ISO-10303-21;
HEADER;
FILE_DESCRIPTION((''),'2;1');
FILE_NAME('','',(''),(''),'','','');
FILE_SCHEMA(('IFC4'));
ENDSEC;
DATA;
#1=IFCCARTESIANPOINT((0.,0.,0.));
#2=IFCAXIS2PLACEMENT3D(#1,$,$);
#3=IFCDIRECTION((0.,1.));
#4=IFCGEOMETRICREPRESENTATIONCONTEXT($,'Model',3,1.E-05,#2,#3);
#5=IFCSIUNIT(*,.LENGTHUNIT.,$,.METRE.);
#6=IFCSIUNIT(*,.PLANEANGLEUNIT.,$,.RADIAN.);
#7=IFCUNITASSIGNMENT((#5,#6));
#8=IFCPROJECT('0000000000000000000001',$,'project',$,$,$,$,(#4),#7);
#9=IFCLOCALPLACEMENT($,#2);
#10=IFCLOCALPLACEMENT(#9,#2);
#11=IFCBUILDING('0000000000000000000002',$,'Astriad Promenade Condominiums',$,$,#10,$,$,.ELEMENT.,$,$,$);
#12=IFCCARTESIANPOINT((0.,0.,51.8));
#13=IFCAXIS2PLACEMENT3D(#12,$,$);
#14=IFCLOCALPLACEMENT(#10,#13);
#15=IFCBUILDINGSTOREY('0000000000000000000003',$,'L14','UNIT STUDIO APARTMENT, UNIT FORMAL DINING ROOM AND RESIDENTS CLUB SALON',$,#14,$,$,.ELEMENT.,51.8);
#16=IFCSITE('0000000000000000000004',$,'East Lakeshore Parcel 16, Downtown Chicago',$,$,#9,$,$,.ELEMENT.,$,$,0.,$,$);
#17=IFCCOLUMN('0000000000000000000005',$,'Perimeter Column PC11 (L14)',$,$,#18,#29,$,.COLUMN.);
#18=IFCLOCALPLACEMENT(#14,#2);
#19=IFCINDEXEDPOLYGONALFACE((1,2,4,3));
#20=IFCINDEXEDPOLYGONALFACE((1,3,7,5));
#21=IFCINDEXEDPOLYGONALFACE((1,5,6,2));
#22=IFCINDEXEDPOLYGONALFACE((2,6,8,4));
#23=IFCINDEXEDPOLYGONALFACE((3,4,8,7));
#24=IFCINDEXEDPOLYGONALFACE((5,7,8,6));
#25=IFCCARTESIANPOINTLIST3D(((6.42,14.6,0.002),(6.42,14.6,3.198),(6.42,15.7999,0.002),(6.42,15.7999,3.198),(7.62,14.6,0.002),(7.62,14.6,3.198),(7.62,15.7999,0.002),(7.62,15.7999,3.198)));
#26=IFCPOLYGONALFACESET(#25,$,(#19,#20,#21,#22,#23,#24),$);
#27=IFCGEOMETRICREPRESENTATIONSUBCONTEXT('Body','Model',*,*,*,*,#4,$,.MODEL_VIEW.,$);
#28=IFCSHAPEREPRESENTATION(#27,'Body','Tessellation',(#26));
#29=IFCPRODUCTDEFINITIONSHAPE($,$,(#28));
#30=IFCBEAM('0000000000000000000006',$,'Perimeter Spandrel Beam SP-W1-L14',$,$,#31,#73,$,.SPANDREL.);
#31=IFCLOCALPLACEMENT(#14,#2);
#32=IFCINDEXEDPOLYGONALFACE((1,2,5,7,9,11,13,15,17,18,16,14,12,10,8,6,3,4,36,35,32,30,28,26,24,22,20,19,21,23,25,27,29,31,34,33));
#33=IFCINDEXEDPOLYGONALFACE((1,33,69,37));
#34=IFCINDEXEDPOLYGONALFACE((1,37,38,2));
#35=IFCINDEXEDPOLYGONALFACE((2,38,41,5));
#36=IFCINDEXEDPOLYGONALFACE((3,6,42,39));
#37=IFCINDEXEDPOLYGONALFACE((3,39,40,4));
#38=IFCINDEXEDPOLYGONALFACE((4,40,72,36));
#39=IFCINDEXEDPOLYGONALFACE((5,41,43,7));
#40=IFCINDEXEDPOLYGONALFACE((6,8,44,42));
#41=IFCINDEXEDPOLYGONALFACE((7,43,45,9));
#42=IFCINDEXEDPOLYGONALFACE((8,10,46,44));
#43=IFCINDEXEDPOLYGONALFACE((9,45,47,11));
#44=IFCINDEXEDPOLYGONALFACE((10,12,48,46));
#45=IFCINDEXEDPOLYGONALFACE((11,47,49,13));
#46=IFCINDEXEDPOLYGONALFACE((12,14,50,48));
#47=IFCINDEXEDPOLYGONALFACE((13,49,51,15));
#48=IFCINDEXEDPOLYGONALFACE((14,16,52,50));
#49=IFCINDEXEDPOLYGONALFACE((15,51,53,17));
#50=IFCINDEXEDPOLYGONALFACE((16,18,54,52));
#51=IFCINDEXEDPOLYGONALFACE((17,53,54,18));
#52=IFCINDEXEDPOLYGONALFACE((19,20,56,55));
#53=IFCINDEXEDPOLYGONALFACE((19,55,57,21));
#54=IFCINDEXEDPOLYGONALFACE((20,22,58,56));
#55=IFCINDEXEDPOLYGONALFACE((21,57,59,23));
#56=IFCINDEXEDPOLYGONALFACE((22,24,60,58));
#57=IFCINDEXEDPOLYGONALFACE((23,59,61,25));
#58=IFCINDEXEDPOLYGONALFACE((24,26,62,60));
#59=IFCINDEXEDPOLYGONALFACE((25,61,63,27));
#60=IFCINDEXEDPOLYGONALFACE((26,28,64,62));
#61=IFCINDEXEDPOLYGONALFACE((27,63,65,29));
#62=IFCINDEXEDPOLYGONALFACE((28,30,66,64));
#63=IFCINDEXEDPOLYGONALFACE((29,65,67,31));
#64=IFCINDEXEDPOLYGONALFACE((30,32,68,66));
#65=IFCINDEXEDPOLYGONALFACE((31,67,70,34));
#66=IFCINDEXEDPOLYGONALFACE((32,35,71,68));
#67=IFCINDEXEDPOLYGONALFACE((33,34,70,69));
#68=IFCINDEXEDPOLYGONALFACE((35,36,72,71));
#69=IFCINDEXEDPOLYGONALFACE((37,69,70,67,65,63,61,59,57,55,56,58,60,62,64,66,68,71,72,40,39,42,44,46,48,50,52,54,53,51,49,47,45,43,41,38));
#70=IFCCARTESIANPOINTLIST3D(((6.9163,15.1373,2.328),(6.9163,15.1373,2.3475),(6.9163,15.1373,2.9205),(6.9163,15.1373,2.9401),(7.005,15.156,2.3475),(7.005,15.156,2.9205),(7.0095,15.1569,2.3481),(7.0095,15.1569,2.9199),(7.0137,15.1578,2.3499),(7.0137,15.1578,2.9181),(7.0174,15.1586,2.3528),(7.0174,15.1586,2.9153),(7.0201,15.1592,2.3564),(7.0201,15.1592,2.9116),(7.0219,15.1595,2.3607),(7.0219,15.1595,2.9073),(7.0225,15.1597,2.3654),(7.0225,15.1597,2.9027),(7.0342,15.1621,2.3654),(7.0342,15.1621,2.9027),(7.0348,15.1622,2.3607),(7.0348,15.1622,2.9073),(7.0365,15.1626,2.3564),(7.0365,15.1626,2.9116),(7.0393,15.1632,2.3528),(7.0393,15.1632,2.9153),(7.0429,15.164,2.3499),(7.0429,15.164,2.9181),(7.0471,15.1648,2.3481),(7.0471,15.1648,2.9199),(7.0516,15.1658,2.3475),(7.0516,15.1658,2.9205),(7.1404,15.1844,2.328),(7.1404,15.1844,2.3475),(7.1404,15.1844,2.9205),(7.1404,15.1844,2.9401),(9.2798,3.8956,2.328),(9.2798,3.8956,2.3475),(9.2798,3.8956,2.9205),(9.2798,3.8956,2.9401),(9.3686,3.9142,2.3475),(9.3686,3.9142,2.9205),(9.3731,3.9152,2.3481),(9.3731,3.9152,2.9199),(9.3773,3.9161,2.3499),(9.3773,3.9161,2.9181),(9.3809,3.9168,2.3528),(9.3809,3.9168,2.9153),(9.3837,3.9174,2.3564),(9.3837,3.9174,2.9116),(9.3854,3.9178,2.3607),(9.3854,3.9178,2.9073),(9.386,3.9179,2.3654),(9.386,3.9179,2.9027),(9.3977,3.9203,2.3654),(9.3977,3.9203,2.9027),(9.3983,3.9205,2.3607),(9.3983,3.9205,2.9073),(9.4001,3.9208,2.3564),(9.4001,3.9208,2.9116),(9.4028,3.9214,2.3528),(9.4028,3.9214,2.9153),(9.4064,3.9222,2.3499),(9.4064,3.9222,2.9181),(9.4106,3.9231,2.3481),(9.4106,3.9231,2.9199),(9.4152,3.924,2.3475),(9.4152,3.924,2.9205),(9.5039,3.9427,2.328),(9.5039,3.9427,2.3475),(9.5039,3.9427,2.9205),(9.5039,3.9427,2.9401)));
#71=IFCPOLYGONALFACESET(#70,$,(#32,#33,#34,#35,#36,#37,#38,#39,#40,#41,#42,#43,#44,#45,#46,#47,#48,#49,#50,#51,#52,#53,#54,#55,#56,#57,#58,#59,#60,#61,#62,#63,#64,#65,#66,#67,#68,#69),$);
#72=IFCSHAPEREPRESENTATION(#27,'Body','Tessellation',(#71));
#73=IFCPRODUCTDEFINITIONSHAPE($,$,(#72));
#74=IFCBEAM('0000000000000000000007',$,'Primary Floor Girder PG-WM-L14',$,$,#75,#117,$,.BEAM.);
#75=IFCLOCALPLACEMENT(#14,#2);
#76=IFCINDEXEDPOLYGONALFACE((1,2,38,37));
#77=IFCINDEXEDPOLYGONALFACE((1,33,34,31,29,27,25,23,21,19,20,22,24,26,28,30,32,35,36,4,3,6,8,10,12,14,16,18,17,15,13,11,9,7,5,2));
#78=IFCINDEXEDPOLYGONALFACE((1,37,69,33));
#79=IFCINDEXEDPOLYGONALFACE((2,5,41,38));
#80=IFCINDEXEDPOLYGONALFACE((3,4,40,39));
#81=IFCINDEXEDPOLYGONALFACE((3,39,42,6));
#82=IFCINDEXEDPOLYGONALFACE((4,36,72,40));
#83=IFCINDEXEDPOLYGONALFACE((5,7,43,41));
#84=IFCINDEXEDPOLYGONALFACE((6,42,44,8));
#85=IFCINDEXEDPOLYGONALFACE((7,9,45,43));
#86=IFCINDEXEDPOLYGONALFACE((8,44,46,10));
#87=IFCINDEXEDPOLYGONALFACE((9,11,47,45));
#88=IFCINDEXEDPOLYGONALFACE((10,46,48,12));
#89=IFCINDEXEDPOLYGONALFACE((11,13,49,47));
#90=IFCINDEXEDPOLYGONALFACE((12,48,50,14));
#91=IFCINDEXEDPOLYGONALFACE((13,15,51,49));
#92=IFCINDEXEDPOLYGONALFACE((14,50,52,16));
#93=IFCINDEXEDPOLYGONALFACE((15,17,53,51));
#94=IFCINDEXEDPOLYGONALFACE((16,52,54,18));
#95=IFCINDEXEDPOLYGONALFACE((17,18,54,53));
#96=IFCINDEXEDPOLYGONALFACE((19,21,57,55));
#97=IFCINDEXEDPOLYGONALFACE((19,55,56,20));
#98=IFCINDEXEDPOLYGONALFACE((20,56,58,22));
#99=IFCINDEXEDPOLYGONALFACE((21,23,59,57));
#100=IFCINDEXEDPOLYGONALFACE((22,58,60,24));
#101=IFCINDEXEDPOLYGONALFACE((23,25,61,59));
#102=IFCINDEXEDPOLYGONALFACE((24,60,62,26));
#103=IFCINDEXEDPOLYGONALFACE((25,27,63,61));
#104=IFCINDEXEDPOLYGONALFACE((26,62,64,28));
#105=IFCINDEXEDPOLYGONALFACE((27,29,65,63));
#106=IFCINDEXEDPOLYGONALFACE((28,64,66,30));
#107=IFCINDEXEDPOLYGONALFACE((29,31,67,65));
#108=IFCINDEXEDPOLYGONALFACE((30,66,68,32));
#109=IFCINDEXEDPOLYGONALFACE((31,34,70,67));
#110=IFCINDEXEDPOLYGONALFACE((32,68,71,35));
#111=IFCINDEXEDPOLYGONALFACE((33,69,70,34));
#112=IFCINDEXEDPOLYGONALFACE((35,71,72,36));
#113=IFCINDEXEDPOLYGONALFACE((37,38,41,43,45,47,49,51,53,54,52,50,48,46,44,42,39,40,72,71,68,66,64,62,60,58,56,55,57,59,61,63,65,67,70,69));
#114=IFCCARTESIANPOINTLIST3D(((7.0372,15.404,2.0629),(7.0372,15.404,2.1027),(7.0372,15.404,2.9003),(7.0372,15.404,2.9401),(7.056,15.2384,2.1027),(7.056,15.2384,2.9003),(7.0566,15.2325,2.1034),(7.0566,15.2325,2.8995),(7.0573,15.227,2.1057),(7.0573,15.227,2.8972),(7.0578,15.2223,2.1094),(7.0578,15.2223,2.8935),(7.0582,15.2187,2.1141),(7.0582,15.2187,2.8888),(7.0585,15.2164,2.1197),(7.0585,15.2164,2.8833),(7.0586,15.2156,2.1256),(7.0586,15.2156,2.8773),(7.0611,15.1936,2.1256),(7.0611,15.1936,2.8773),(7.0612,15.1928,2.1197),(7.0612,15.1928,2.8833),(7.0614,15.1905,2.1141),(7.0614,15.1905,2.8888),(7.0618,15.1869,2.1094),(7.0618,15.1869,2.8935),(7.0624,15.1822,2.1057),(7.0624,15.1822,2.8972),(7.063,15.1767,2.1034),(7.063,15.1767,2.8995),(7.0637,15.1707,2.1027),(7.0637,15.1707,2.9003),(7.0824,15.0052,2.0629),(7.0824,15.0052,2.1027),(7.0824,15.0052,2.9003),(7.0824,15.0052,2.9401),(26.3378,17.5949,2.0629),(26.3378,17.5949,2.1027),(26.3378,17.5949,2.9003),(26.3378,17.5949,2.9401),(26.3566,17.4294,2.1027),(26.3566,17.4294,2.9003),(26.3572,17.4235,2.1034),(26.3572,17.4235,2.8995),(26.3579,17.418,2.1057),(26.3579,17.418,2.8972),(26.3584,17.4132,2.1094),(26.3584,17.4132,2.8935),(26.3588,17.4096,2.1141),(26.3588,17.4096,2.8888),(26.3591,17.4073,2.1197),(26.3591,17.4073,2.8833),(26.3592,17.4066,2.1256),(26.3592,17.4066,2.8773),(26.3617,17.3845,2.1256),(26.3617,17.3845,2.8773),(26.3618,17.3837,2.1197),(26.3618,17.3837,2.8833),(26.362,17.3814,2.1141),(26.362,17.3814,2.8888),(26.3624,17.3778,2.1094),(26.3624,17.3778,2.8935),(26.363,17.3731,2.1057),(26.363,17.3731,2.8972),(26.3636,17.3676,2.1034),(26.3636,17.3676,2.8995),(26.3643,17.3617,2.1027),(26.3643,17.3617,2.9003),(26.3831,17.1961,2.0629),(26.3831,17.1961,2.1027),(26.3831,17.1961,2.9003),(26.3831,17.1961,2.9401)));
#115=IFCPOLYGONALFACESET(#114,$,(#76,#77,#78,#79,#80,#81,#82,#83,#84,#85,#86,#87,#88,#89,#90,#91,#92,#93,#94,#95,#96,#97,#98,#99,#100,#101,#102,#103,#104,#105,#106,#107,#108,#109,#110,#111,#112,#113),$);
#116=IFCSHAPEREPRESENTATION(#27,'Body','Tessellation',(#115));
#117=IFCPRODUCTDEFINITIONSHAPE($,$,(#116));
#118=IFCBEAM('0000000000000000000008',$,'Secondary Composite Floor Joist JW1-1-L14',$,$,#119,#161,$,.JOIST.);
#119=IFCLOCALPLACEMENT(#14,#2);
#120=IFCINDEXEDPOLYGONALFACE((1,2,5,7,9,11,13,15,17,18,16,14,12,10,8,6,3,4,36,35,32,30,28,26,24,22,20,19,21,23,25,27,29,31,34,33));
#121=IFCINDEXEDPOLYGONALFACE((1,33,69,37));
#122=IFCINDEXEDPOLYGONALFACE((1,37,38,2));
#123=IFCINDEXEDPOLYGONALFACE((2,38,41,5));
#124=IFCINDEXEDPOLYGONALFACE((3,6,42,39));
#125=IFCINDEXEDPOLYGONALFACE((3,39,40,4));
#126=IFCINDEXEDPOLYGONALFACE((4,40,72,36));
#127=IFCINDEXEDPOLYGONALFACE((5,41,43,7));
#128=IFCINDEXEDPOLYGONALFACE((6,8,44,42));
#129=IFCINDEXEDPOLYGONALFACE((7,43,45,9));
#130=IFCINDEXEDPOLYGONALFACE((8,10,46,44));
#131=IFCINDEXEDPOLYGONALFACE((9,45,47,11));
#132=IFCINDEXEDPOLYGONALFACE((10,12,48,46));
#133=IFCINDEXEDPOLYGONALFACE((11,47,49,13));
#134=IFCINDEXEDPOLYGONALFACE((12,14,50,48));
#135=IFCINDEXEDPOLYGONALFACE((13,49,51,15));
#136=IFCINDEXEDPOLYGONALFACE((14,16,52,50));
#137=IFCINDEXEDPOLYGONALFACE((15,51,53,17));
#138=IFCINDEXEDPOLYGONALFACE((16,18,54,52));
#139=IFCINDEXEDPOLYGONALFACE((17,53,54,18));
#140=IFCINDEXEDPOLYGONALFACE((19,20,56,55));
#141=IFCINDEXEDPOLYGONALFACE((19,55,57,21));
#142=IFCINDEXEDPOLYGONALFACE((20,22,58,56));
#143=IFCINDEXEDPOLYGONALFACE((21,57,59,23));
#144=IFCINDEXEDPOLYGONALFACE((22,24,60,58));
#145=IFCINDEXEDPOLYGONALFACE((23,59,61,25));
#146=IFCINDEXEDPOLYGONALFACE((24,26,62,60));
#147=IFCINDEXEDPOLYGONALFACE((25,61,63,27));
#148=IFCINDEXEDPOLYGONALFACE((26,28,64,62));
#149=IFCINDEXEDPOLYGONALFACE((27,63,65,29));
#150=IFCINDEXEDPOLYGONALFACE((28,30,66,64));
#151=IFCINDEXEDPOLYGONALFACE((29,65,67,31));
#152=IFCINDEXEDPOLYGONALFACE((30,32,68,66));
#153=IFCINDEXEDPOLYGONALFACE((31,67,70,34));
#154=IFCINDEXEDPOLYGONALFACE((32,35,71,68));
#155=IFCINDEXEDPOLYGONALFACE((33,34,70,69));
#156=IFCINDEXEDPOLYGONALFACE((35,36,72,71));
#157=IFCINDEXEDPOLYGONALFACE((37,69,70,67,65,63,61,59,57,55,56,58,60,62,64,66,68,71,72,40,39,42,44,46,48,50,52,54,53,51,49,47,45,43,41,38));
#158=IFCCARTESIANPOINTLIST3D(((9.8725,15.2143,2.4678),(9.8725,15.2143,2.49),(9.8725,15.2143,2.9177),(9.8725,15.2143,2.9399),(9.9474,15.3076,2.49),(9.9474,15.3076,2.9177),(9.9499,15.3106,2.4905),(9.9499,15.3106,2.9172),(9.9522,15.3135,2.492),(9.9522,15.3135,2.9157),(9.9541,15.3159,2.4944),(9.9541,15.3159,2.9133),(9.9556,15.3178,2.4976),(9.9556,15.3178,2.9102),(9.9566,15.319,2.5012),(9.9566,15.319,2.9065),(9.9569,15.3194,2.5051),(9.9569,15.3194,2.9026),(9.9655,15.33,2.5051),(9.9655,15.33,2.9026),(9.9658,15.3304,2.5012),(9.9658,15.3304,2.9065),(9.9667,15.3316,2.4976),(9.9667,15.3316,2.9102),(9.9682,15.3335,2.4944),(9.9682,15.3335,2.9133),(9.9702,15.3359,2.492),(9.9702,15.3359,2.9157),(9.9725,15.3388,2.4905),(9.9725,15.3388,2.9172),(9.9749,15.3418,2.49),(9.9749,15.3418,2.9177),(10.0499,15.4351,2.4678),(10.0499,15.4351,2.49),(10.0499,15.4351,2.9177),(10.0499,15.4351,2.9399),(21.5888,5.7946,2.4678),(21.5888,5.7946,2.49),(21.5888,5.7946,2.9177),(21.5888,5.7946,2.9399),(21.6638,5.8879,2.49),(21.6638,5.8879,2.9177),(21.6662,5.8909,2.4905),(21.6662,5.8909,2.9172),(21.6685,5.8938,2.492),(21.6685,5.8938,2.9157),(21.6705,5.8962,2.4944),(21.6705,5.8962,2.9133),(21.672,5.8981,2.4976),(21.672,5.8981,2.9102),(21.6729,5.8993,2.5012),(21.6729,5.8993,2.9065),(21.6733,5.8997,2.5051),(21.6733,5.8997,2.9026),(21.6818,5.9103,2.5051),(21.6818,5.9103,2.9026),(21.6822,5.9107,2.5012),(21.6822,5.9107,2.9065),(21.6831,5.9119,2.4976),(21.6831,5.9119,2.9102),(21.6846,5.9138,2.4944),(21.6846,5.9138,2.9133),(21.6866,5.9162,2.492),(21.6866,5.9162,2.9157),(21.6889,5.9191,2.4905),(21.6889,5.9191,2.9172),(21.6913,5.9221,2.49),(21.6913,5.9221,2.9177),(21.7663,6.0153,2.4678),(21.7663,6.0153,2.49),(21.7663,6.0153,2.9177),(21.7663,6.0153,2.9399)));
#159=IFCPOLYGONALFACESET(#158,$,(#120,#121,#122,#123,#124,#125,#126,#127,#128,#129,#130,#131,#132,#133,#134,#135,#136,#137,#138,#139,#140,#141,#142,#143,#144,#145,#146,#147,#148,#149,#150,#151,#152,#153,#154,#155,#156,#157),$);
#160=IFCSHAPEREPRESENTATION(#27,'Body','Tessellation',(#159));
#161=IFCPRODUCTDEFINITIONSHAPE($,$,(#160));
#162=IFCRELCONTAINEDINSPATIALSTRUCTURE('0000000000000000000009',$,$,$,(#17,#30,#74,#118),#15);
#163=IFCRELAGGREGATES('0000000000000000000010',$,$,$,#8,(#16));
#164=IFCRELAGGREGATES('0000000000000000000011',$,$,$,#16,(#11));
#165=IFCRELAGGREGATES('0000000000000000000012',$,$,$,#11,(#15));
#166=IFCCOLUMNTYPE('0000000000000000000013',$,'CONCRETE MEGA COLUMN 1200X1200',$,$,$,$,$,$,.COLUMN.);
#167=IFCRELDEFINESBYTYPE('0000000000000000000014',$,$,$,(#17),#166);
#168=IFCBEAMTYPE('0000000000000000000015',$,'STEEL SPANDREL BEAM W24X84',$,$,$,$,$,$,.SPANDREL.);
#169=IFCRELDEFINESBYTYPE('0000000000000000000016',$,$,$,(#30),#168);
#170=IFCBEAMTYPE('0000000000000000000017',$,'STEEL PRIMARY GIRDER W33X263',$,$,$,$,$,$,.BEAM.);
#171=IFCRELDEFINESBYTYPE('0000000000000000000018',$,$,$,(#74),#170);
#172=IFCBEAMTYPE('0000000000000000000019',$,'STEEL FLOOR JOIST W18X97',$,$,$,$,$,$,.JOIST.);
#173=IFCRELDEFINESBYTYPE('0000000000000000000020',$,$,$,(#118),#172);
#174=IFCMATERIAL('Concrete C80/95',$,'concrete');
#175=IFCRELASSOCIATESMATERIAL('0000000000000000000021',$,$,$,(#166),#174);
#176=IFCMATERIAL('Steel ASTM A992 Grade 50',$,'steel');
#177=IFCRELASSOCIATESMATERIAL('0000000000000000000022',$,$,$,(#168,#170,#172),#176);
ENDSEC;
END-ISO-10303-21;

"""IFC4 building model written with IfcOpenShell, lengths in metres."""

from ifc_helpers import new_model, si_unit, direction, frame, origin, origin_2d, place, context, subcontext, project, spatial, rectangle, i_section, extrude, source, transform, mapped, material, material_profile, profile_set, type_object, type_shapes, element, save


model = new_model("IFC4")

# Units and contexts
model_context = context("Model", 3, precision=1e-05, world=origin(), true_north=direction((0.0, 1.0)))
body_context = subcontext(model_context, "Body", "Model", "MODEL_VIEW")
ifc_project = project(units=[si_unit("LENGTHUNIT", "METRE"), si_unit("PLANEANGLEUNIT", "RADIAN")], contexts=[model_context])

# Site, building, storey
site_placement = place(None, origin())
site = spatial("IfcSite", under=ifc_project, at=site_placement, Name="East Lakeshore Parcel 16, Downtown Chicago", CompositionType="ELEMENT", RefElevation=0.0)
building_placement = place(site_placement, origin())
building = spatial("IfcBuilding", under=site, at=building_placement, Name="Astriad Promenade Condominiums", CompositionType="ELEMENT")
storey_placement = place(building_placement, frame((0.0, 0.0, 51.8)))
storey = spatial("IfcBuildingStorey", under=building, at=storey_placement, Name="L14", Description="UNIT STUDIO APARTMENT, UNIT FORMAL DINING ROOM AND RESIDENTS CLUB SALON", CompositionType="ELEMENT", Elevation=51.8)

# Column
ifc_material_1 = material(Name="Concrete C80/95", Category="concrete")
ifc_material_profile_1 = material_profile(ifc_material_1, rectangle(XDim=1.2, YDim=1.2, at=origin_2d()), Name="RC-COL-1200X1200")
ifc_profile_set_1 = profile_set([ifc_material_profile_1], Name="Concrete C80/95")
column_type = type_object("IfcColumnType", Name="CONCRETE MEGA COLUMN 1200X1200", PredefinedType="COLUMN", material=ifc_profile_set_1)
shared_shape_1 = source(origin(), body_context, "Body", "SweptSolid", [
    extrude(rectangle(XDim=1.2, YDim=1.2, at=origin_2d()), origin(), (0.0, 0.0, 1.0), 3.196),
])
type_shapes(column_type, [shared_shape_1])
column_placement = place(storey_placement, frame((7.02, 15.2, 0.002), z_axis=(0.0, 0.0, 1.0), x_axis=(1.0, 0.0, 0.0)))
element("IfcColumn", 1, at=column_placement, inside=storey, type_object=column_type, Name="Perimeter Column PC11 (L14)", PredefinedType="COLUMN", context=body_context, shape_type="MappedRepresentation", body=[
    mapped(shared_shape_1, transform((0.0, 0.0, 0.0), scale=1.0)),
])

# Beams
ifc_material_2 = material(Name="Steel ASTM A992 Grade 50", Category="steel")
ifc_material_profile_2 = material_profile(ifc_material_2, i_section(OverallWidth=0.229, OverallDepth=0.6121, WebThickness=0.012, FlangeThickness=0.0195, FilletRadius=0.0178, at=origin_2d()), Name="W24X84")
ifc_profile_set_2 = profile_set([ifc_material_profile_2], Name="Steel ASTM A992 Grade 50")
beam_type_1 = type_object("IfcBeamType", Name="STEEL SPANDREL BEAM W24X84", PredefinedType="SPANDREL", material=ifc_profile_set_2)
shared_shape_2 = source(origin(), body_context, "Body", "SweptSolid", [
    extrude(i_section(OverallWidth=0.229, OverallDepth=0.6121, WebThickness=0.012, FlangeThickness=0.0195, FilletRadius=0.0178, at=origin_2d()), origin(), (0.0, 0.0, 1.0), 11.4875),
])
type_shapes(beam_type_1, [shared_shape_2])
beam_1_placement = place(storey_placement, frame((7.0283, 15.1609, 2.634), z_axis=(0.205748, -0.978605, 0.0), x_axis=(0.978605, 0.205748, 0.0)))
element("IfcBeam", 2, at=beam_1_placement, inside=storey, type_object=beam_type_1, Name="Perimeter Spandrel Beam SP-W1-L14", PredefinedType="SPANDREL", context=body_context, shape_type="MappedRepresentation", body=[
    mapped(shared_shape_2, transform((0.0, 0.0, 0.0), scale=1.0)),
])
ifc_material_profile_3 = material_profile(ifc_material_2, i_section(OverallWidth=0.4014, OverallDepth=0.8772, WebThickness=0.0222, FlangeThickness=0.0398, FilletRadius=0.0229, at=origin_2d()), Name="W33X263")
ifc_profile_set_3 = profile_set([ifc_material_profile_3], Name="Steel ASTM A992 Grade 50")
beam_type_2 = type_object("IfcBeamType", Name="STEEL PRIMARY GIRDER W33X263", PredefinedType="BEAM", material=ifc_profile_set_3)
shared_shape_3 = source(origin(), body_context, "Body", "SweptSolid", [
    extrude(i_section(OverallWidth=0.4014, OverallDepth=0.8772, WebThickness=0.0222, FlangeThickness=0.0398, FilletRadius=0.0229, at=origin_2d()), origin(), (0.0, 0.0, 1.0), 19.4246),
])
type_shapes(beam_type_2, [shared_shape_3])
beam_2_placement = place(storey_placement, frame((7.0598, 15.2046, 2.5015), z_axis=(0.993619, 0.112792, 0.0), x_axis=(-0.112792, 0.993619, 0.0)))
element("IfcBeam", 3, at=beam_2_placement, inside=storey, type_object=beam_type_2, Name="Primary Floor Girder PG-WM-L14", PredefinedType="BEAM", context=body_context, shape_type="MappedRepresentation", body=[
    mapped(shared_shape_3, transform((0.0, 0.0, 0.0), scale=1.0)),
])
ifc_material_profile_4 = material_profile(ifc_material_2, i_section(OverallWidth=0.2832, OverallDepth=0.4722, WebThickness=0.0137, FlangeThickness=0.0222, FilletRadius=0.0151, at=origin_2d()), Name="W18X97")
ifc_profile_set_4 = profile_set([ifc_material_profile_4], Name="Steel ASTM A992 Grade 50")
beam_type_3 = type_object("IfcBeamType", Name="STEEL FLOOR JOIST W18X97", PredefinedType="JOIST", material=ifc_profile_set_4)
shared_shape_4 = source(origin(), body_context, "Body", "SweptSolid", [
    extrude(i_section(OverallWidth=0.2832, OverallDepth=0.4722, WebThickness=0.0137, FlangeThickness=0.0222, FilletRadius=0.0151, at=origin_2d()), origin(), (0.0, 0.0, 1.0), 15.0334),
])
beam_3_placement = place(storey_placement, frame((9.9612, 15.3247, 2.7039), z_axis=(0.779353, -0.626585, 0.0), x_axis=(0.626585, 0.779353, 0.0)))
element("IfcBeam", 4, at=beam_3_placement, inside=storey, type_object=beam_type_3, Name="Secondary Composite Floor Joist JW1-1-L14", PredefinedType="JOIST", context=body_context, shape_type="MappedRepresentation", body=[
    mapped(shared_shape_4, transform((0.0, 0.0, 0.0), scale=1.0)),
])

save(model, "model.ifc")
